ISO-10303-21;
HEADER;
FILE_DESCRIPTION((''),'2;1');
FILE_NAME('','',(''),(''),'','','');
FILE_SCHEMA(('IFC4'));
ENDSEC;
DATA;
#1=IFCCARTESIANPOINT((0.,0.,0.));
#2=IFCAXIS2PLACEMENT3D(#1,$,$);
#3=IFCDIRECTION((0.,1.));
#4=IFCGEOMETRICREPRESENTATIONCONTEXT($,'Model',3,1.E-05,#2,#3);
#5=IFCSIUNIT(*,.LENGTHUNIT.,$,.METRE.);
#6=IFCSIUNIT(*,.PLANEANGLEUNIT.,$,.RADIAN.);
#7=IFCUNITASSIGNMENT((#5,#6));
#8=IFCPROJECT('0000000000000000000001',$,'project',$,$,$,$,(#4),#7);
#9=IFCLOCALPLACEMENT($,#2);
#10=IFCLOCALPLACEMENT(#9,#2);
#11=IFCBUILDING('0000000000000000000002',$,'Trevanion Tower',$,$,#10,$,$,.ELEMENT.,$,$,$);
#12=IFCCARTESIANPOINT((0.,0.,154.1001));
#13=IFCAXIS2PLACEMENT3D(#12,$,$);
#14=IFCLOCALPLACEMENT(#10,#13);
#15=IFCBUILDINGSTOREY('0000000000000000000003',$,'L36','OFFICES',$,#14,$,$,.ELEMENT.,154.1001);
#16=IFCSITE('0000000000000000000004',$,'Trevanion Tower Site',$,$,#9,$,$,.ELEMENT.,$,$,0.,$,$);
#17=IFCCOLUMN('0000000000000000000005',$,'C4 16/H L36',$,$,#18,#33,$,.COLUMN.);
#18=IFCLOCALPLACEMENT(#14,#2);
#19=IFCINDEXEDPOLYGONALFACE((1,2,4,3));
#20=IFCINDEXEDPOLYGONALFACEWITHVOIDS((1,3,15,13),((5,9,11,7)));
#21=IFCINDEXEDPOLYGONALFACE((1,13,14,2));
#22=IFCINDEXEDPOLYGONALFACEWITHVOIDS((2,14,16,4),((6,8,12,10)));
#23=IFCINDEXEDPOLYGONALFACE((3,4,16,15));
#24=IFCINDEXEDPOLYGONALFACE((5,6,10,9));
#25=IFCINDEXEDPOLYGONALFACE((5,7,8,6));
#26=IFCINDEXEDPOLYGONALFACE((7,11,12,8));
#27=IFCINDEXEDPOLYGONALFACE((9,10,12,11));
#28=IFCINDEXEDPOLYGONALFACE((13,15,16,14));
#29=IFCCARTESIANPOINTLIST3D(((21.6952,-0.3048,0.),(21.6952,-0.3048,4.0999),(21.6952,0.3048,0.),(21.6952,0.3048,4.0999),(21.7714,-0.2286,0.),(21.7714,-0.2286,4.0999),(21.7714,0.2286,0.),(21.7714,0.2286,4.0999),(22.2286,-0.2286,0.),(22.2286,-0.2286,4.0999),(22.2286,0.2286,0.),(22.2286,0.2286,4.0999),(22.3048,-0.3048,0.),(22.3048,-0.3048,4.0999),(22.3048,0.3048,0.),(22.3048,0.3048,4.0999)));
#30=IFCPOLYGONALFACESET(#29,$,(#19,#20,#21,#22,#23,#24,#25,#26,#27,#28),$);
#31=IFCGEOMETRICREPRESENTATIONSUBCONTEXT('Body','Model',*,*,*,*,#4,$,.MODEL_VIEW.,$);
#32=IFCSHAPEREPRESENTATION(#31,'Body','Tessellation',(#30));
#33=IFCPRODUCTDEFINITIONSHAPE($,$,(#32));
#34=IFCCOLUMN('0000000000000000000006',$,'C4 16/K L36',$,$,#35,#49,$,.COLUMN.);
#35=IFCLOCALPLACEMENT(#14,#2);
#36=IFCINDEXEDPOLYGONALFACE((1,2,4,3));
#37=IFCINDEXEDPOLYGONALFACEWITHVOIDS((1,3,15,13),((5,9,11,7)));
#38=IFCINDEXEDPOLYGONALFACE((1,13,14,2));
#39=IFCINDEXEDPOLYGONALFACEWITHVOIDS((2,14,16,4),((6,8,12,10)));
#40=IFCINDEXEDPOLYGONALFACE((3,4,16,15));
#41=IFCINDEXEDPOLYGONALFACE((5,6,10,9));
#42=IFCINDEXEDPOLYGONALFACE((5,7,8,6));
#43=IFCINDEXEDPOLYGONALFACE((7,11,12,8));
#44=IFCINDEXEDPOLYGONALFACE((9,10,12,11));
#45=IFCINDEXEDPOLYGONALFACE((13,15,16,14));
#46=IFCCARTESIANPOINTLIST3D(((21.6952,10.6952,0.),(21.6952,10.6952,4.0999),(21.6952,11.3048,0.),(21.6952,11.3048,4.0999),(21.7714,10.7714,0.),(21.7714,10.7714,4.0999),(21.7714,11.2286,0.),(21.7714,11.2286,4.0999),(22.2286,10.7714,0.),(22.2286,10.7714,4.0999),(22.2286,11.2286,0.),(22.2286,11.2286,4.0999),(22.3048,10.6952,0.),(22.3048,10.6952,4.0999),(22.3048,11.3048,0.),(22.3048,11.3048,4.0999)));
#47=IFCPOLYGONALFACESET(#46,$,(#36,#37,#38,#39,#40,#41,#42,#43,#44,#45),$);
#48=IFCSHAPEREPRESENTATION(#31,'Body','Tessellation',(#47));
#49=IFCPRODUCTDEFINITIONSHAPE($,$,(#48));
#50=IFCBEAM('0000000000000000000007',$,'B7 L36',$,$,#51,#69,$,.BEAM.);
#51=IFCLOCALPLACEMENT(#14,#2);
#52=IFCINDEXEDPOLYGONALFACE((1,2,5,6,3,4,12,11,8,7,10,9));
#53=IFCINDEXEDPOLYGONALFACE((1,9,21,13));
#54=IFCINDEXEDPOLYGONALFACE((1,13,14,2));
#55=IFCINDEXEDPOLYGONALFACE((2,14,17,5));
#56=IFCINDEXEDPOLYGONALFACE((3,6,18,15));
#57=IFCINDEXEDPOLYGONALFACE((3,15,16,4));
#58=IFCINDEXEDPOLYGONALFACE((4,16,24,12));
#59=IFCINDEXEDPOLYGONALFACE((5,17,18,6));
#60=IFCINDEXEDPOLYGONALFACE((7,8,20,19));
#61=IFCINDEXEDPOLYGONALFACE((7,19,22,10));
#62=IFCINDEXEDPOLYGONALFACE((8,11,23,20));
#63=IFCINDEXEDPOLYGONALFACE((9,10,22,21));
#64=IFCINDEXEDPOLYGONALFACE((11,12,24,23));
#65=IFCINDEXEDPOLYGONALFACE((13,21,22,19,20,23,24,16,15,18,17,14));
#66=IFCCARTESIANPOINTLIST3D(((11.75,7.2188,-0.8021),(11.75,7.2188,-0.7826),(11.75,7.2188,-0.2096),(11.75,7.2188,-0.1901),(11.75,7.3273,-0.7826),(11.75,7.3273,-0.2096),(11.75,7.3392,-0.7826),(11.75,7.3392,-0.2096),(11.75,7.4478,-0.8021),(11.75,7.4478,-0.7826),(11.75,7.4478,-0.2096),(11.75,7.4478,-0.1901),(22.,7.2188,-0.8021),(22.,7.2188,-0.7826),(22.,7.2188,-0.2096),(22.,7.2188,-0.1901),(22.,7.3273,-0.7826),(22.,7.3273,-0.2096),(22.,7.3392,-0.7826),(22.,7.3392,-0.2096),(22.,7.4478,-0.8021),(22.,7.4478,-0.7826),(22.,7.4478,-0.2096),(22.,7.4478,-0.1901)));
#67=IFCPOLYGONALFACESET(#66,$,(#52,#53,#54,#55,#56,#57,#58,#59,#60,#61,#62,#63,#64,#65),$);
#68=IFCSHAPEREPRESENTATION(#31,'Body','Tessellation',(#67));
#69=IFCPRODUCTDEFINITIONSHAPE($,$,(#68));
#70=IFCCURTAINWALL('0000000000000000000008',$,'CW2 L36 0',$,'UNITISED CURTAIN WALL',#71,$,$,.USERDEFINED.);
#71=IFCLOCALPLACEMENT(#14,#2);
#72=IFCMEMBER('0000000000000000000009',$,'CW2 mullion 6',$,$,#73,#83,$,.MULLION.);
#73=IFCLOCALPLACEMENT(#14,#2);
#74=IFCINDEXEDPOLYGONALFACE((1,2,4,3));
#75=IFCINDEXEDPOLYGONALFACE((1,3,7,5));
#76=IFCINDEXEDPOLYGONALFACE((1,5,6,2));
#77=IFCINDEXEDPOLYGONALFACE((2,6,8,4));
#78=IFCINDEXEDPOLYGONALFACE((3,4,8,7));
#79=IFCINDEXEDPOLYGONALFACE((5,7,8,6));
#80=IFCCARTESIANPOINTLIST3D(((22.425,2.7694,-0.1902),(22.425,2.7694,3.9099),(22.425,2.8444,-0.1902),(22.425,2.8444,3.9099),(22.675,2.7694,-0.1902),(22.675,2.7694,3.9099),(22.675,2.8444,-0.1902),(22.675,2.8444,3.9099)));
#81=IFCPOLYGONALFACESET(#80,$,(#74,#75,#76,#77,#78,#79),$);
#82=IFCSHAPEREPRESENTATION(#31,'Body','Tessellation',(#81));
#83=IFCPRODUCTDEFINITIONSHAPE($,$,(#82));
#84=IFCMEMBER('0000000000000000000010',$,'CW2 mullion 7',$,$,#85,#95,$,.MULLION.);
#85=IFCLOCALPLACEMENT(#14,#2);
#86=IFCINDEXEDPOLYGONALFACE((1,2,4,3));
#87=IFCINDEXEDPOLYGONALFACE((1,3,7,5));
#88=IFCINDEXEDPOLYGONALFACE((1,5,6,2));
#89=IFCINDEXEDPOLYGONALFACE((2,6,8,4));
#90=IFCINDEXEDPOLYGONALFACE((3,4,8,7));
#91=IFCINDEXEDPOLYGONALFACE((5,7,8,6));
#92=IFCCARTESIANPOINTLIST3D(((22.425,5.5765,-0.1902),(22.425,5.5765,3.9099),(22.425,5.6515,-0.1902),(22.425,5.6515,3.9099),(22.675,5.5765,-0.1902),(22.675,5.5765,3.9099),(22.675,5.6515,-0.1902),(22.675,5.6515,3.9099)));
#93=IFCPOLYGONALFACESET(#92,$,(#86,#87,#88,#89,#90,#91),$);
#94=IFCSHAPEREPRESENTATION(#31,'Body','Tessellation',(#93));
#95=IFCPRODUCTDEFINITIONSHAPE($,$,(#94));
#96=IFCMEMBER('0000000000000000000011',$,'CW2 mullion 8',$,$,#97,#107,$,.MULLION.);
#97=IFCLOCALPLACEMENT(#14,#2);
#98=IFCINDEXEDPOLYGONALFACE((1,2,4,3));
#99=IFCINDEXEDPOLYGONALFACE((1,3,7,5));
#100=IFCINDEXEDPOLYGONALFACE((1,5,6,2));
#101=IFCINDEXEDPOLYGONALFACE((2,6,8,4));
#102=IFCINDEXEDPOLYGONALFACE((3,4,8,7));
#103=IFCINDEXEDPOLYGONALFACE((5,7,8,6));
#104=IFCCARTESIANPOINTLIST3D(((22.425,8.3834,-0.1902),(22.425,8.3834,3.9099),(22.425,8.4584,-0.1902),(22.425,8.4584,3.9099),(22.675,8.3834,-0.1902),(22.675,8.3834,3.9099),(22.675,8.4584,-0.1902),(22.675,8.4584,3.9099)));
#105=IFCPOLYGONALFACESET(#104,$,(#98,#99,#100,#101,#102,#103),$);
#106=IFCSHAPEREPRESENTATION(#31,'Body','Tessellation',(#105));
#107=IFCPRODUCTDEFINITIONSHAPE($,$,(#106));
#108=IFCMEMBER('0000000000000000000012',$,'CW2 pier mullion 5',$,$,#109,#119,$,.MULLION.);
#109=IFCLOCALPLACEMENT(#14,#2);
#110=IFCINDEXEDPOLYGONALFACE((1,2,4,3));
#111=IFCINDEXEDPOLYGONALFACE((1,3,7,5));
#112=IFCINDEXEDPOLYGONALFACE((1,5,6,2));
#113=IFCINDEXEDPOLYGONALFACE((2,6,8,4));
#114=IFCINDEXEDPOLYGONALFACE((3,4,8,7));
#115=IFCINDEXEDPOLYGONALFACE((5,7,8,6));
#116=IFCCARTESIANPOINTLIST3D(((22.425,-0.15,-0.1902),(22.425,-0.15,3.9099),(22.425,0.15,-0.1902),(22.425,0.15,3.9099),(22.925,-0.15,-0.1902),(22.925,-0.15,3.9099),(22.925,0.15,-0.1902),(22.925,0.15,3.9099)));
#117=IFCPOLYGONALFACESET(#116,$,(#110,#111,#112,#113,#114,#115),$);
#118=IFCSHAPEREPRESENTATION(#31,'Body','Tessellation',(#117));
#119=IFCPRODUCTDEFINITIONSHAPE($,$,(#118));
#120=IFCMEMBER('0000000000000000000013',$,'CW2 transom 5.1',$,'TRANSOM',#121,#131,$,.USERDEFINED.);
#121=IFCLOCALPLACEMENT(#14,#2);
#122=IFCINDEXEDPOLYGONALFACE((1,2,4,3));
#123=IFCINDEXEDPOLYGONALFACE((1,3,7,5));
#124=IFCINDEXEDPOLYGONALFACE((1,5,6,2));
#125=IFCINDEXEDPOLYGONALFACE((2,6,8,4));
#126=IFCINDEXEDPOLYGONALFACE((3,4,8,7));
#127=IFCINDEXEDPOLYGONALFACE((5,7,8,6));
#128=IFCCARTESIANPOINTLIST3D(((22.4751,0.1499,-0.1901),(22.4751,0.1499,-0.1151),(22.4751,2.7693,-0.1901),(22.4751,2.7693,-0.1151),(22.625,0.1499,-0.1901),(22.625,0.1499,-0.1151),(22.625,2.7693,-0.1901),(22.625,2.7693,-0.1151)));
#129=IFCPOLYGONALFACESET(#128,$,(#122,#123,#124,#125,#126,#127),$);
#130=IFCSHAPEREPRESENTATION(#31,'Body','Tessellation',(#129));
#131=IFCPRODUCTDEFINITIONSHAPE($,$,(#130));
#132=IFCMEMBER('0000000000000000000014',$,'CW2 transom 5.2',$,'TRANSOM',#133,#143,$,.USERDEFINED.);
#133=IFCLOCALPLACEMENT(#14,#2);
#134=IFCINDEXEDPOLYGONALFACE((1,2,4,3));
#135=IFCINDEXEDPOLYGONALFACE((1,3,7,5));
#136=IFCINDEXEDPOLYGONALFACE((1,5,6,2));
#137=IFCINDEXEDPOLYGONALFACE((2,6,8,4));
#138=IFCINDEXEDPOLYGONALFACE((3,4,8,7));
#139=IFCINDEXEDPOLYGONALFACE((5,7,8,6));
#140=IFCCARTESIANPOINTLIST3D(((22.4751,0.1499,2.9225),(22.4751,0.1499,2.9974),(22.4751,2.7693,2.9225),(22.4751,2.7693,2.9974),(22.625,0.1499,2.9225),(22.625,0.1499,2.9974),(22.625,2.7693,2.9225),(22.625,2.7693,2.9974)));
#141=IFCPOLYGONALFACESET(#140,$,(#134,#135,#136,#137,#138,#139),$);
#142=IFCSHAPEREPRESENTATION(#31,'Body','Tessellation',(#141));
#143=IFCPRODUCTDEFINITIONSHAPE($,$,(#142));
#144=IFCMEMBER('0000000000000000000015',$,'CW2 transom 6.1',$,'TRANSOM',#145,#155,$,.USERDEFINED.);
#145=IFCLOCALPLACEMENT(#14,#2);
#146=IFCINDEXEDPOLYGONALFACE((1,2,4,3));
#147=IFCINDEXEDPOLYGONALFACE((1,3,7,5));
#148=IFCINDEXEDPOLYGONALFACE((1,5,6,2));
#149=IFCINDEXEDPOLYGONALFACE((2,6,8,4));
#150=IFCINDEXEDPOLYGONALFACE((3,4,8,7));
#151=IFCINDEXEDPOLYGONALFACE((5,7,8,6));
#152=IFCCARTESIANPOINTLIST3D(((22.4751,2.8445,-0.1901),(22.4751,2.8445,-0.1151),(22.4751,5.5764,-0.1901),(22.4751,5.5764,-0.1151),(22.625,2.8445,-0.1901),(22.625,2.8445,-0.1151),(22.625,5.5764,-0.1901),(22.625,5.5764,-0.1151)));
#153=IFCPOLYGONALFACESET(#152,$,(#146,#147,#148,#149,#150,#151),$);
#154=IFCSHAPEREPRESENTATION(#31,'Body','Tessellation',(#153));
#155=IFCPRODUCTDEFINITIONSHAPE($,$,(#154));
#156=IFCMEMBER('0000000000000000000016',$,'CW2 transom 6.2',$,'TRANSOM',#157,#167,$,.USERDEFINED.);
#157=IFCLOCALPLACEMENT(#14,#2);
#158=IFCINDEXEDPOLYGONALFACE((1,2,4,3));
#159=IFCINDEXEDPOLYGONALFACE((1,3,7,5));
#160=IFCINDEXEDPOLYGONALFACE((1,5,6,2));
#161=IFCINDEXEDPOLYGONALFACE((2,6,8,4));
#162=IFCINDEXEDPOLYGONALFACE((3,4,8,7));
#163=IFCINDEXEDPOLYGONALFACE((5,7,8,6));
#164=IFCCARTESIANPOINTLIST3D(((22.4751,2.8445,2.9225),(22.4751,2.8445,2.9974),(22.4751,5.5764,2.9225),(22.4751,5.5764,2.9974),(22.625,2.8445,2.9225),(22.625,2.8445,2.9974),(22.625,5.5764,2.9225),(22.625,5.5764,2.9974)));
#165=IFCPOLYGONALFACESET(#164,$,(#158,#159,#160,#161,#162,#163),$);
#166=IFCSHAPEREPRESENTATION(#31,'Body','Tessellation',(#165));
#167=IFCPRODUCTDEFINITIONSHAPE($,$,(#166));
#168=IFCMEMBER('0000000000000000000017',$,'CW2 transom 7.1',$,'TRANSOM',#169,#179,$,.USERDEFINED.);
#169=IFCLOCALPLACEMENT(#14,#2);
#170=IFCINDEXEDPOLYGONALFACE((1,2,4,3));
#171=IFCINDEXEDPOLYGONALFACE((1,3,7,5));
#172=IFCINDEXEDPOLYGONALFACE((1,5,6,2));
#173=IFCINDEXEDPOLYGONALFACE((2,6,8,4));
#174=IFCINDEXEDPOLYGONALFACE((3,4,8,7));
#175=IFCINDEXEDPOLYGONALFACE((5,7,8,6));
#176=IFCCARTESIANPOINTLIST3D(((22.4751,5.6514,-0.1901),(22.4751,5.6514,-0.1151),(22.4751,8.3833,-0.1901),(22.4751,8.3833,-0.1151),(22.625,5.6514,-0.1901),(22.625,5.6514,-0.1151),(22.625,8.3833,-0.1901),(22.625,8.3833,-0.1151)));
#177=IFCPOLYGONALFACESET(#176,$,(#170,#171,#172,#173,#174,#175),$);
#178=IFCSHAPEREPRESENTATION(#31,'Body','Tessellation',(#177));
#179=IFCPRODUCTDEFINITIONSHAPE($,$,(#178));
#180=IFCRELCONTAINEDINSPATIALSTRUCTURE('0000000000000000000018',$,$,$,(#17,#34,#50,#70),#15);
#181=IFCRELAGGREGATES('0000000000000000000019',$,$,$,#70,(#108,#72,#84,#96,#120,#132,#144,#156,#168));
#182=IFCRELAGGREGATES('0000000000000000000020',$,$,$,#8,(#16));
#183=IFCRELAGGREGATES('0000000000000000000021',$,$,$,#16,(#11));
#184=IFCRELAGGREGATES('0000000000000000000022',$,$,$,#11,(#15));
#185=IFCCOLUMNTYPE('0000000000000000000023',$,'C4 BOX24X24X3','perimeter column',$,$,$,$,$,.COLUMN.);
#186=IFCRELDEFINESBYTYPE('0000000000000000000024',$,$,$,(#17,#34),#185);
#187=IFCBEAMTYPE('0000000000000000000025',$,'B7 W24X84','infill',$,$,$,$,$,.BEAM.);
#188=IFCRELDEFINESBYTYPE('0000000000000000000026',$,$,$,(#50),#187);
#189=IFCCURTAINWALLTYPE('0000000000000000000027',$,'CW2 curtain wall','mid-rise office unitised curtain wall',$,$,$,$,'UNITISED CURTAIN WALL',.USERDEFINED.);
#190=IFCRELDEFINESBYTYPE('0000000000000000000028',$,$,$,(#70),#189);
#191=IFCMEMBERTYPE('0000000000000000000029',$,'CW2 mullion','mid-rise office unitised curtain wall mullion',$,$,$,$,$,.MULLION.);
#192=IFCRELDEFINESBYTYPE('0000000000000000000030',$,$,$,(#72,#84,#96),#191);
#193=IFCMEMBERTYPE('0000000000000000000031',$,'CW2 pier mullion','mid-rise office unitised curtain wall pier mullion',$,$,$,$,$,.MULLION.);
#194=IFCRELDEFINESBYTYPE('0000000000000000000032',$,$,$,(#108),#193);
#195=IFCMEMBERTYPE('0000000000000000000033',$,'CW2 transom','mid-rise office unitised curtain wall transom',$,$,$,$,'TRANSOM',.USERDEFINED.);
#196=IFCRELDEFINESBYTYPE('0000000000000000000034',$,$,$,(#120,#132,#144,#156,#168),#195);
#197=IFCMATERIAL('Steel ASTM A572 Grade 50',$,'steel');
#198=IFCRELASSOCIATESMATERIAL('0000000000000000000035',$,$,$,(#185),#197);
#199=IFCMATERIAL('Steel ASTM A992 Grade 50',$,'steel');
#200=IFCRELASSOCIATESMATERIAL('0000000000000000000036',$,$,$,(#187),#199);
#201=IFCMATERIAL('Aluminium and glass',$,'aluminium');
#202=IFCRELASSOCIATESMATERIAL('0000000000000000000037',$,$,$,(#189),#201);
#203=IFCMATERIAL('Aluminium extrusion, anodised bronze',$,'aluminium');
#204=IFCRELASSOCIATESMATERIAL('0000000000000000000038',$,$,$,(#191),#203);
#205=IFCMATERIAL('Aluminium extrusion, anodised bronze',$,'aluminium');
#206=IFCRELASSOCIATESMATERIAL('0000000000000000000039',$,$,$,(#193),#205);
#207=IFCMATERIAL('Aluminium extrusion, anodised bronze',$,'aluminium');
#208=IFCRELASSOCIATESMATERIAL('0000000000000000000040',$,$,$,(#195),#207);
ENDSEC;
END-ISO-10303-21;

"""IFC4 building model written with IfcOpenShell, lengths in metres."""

from ifc_helpers import new_model, si_unit, direction, frame, origin, origin_2d, place, context, subcontext, project, spatial, rectangle, hollow_rectangle, i_section, extrude, material, material_profile, profile_set, type_object, element, aggregate, save


model = new_model("IFC4")

# Units and contexts
model_context = context("Model", 3, precision=1e-05, world=origin(), true_north=direction((0.0, 1.0)))
body_context = subcontext(model_context, "Body", "Model", "MODEL_VIEW")
ifc_project = project(units=[si_unit("LENGTHUNIT", "METRE"), si_unit("PLANEANGLEUNIT", "RADIAN")], contexts=[model_context])

# Site, building, storey
site_placement = place(None, origin())
site = spatial("IfcSite", under=ifc_project, at=site_placement, Name="Trevanion Tower Site", CompositionType="ELEMENT", RefElevation=0.0)
building_placement = place(site_placement, origin())
building = spatial("IfcBuilding", under=site, at=building_placement, Name="Trevanion Tower", CompositionType="ELEMENT")
storey_placement = place(building_placement, frame((0.0, 0.0, 154.1001)))
storey = spatial("IfcBuildingStorey", under=building, at=storey_placement, Name="L36", Description="OFFICES", CompositionType="ELEMENT", Elevation=154.1001)

# Columns
ifc_material_1 = material(Name="Steel ASTM A572 Grade 50", Category="steel")
ifc_material_profile_1 = material_profile(ifc_material_1, hollow_rectangle(XDim=0.6096, YDim=0.6096, WallThickness=0.0762, at=origin_2d()), Name="BOX24X24X3")
ifc_profile_set_1 = profile_set([ifc_material_profile_1], Name="Steel ASTM A572 Grade 50")
column_type = type_object("IfcColumnType", Name="C4 BOX24X24X3", Description="perimeter column", PredefinedType="COLUMN", material=ifc_profile_set_1)
for number, where, z_axis, x_axis, name in (
    (1, (22.0, 0.0, 0.0), (0.0, 0.0, 1.0), (0.0, 1.0, 0.0), "C4 16/H L36"),
    (2, (22.0, 11.0, 0.0), (0.0, 0.0, 1.0), (0.0, 1.0, 0.0), "C4 16/K L36"),
):
    element("IfcColumn", number, at=place(storey_placement, frame(where, z_axis=z_axis, x_axis=x_axis)), inside=storey, type_object=column_type, Name=name, PredefinedType="COLUMN", context=body_context, shape_type="SweptSolid", body=[
        extrude(hollow_rectangle(XDim=0.6096, YDim=0.6096, WallThickness=0.0762, at=origin_2d()), origin(), (0.0, 0.0, 1.0), 4.0999),
    ])

# Beam
ifc_material_2 = material(Name="Steel ASTM A992 Grade 50", Category="steel")
ifc_material_profile_2 = material_profile(ifc_material_2, i_section(OverallWidth=0.229, OverallDepth=0.6121, WebThickness=0.012, FlangeThickness=0.0195, at=origin_2d()), Name="W24X84")
ifc_profile_set_2 = profile_set([ifc_material_profile_2], Name="Steel ASTM A992 Grade 50")
beam_type_1 = type_object("IfcBeamType", Name="B7 W24X84", Description="infill", PredefinedType="BEAM", material=ifc_profile_set_2)
beam_1_placement = place(storey_placement, frame((11.75, 7.3333, -0.4961), z_axis=(1.0, 0.0, 0.0), x_axis=(0.0, 1.0, 0.0)))
element("IfcBeam", 3, at=beam_1_placement, inside=storey, type_object=beam_type_1, Name="B7 L36", PredefinedType="BEAM", context=body_context, shape_type="SweptSolid", body=[
    extrude(i_section(OverallWidth=0.229, OverallDepth=0.6121, WebThickness=0.012, FlangeThickness=0.0195, at=origin_2d()), origin(), (0.0, 0.0, 1.0), 10.25),
])

# Curtain wall, members
ifc_material_3 = material(Name="Aluminium and glass", Category="aluminium")
curtain_wall_type = type_object("IfcCurtainWallType", Name="CW2 curtain wall", Description="mid-rise office unitised curtain wall", ElementType="UNITISED CURTAIN WALL", PredefinedType="USERDEFINED", material=ifc_material_3)
curtain_wall_placement = place(storey_placement, origin())
curtain_wall = element("IfcCurtainWall", 4, at=curtain_wall_placement, inside=storey, type_object=curtain_wall_type, Name="CW2 L36 0", ObjectType="UNITISED CURTAIN WALL", PredefinedType="USERDEFINED")
ifc_material_4 = material(Name="Aluminium extrusion, anodised bronze", Category="aluminium")
ifc_material_profile_3 = material_profile(ifc_material_4, rectangle(XDim=0.075, YDim=0.25, at=origin_2d()), Name="CW2 mullion")
ifc_profile_set_3 = profile_set([ifc_material_profile_3], Name="Aluminium extrusion, anodised bronze")
member_type_1 = type_object("IfcMemberType", Name="CW2 mullion", Description="mid-rise office unitised curtain wall mullion", PredefinedType="MULLION", material=ifc_profile_set_3)
member_1_placement = place(storey_placement, frame((22.55, 2.8069, -0.1902), z_axis=(0.0, 0.0, 1.0), x_axis=(0.0, 1.0, 0.0)))
member_1 = element("IfcMember", 5, at=member_1_placement, type_object=member_type_1, Name="CW2 mullion 6", PredefinedType="MULLION", context=body_context, shape_type="SweptSolid", body=[
    extrude(rectangle(XDim=0.075, YDim=0.25, at=origin_2d()), origin(), (0.0, 0.0, 1.0), 4.1001),
])
member_2_placement = place(storey_placement, frame((22.55, 5.614, -0.1902), z_axis=(0.0, 0.0, 1.0), x_axis=(0.0, 1.0, 0.0)))
member_2 = element("IfcMember", 6, at=member_2_placement, type_object=member_type_1, Name="CW2 mullion 7", PredefinedType="MULLION", context=body_context, shape_type="SweptSolid", body=[
    extrude(rectangle(XDim=0.075, YDim=0.25, at=origin_2d()), origin(), (0.0, 0.0, 1.0), 4.1001),
])
member_3_placement = place(storey_placement, frame((22.55, 8.4209, -0.1902), z_axis=(0.0, 0.0, 1.0), x_axis=(0.0, 1.0, 0.0)))
member_3 = element("IfcMember", 7, at=member_3_placement, type_object=member_type_1, Name="CW2 mullion 8", PredefinedType="MULLION", context=body_context, shape_type="SweptSolid", body=[
    extrude(rectangle(XDim=0.075, YDim=0.25, at=origin_2d()), origin(), (0.0, 0.0, 1.0), 4.1001),
])
ifc_material_5 = material(Name="Aluminium extrusion, anodised bronze", Category="aluminium")
ifc_material_profile_4 = material_profile(ifc_material_5, rectangle(XDim=0.3, YDim=0.5, at=origin_2d()), Name="CW2 pier mullion")
ifc_profile_set_4 = profile_set([ifc_material_profile_4], Name="Aluminium extrusion, anodised bronze")
member_type_2 = type_object("IfcMemberType", Name="CW2 pier mullion", Description="mid-rise office unitised curtain wall pier mullion", PredefinedType="MULLION", material=ifc_profile_set_4)
member_4_placement = place(storey_placement, frame((22.675, 0.0, -0.1902), z_axis=(0.0, 0.0, 1.0), x_axis=(0.0, 1.0, 0.0)))
member_4 = element("IfcMember", 8, at=member_4_placement, type_object=member_type_2, Name="CW2 pier mullion 5", PredefinedType="MULLION", context=body_context, shape_type="SweptSolid", body=[
    extrude(rectangle(XDim=0.3, YDim=0.5, at=origin_2d()), origin(), (0.0, 0.0, 1.0), 4.1001),
])
ifc_material_6 = material(Name="Aluminium extrusion, anodised bronze", Category="aluminium")
ifc_material_profile_5 = material_profile(ifc_material_6, rectangle(XDim=0.1499, YDim=0.075, at=origin_2d()), Name="CW2 transom")
ifc_profile_set_5 = profile_set([ifc_material_profile_5], Name="Aluminium extrusion, anodised bronze")
member_type_3 = type_object("IfcMemberType", Name="CW2 transom", Description="mid-rise office unitised curtain wall transom", ElementType="TRANSOM", PredefinedType="USERDEFINED", material=ifc_profile_set_5)
member_5_placement = place(storey_placement, frame((22.55, 0.1499, -0.1526), z_axis=(0.0, 1.0, 0.0), x_axis=(-1.0, 0.0, 0.0)))
member_5 = element("IfcMember", 9, at=member_5_placement, type_object=member_type_3, Name="CW2 transom 5.1", ObjectType="TRANSOM", PredefinedType="USERDEFINED", context=body_context, shape_type="SweptSolid", body=[
    extrude(rectangle(XDim=0.1499, YDim=0.075, at=origin_2d()), origin(), (0.0, 0.0, 1.0), 2.6194),
])
member_6_placement = place(storey_placement, frame((22.55, 0.1499, 2.96), z_axis=(0.0, 1.0, 0.0), x_axis=(-1.0, 0.0, 0.0)))
member_6 = element("IfcMember", 10, at=member_6_placement, type_object=member_type_3, Name="CW2 transom 5.2", ObjectType="TRANSOM", PredefinedType="USERDEFINED", context=body_context, shape_type="SweptSolid", body=[
    extrude(rectangle(XDim=0.1499, YDim=0.075, at=origin_2d()), origin(), (0.0, 0.0, 1.0), 2.6194),
])
member_7_placement = place(storey_placement, frame((22.55, 2.8445, -0.1526), z_axis=(0.0, 1.0, 0.0), x_axis=(-1.0, 0.0, 0.0)))
member_7 = element("IfcMember", 11, at=member_7_placement, type_object=member_type_3, Name="CW2 transom 6.1", ObjectType="TRANSOM", PredefinedType="USERDEFINED", context=body_context, shape_type="SweptSolid", body=[
    extrude(rectangle(XDim=0.1499, YDim=0.075, at=origin_2d()), origin(), (0.0, 0.0, 1.0), 2.7319),
])
member_8_placement = place(storey_placement, frame((22.55, 2.8445, 2.96), z_axis=(0.0, 1.0, 0.0), x_axis=(-1.0, 0.0, 0.0)))
member_8 = element("IfcMember", 12, at=member_8_placement, type_object=member_type_3, Name="CW2 transom 6.2", ObjectType="TRANSOM", PredefinedType="USERDEFINED", context=body_context, shape_type="SweptSolid", body=[
    extrude(rectangle(XDim=0.1499, YDim=0.075, at=origin_2d()), origin(), (0.0, 0.0, 1.0), 2.7319),
])
member_9_placement = place(storey_placement, frame((22.55, 5.6514, -0.1526), z_axis=(0.0, 1.0, 0.0), x_axis=(-1.0, 0.0, 0.0)))
member_9 = element("IfcMember", 13, at=member_9_placement, type_object=member_type_3, Name="CW2 transom 7.1", ObjectType="TRANSOM", PredefinedType="USERDEFINED", context=body_context, shape_type="SweptSolid", body=[
    extrude(rectangle(XDim=0.1499, YDim=0.075, at=origin_2d()), origin(), (0.0, 0.0, 1.0), 2.7319),
])

aggregate(curtain_wall, [member_4, member_1, member_2, member_3, member_5, member_6, member_7, member_8, member_9])

save(model, "model.ifc")
